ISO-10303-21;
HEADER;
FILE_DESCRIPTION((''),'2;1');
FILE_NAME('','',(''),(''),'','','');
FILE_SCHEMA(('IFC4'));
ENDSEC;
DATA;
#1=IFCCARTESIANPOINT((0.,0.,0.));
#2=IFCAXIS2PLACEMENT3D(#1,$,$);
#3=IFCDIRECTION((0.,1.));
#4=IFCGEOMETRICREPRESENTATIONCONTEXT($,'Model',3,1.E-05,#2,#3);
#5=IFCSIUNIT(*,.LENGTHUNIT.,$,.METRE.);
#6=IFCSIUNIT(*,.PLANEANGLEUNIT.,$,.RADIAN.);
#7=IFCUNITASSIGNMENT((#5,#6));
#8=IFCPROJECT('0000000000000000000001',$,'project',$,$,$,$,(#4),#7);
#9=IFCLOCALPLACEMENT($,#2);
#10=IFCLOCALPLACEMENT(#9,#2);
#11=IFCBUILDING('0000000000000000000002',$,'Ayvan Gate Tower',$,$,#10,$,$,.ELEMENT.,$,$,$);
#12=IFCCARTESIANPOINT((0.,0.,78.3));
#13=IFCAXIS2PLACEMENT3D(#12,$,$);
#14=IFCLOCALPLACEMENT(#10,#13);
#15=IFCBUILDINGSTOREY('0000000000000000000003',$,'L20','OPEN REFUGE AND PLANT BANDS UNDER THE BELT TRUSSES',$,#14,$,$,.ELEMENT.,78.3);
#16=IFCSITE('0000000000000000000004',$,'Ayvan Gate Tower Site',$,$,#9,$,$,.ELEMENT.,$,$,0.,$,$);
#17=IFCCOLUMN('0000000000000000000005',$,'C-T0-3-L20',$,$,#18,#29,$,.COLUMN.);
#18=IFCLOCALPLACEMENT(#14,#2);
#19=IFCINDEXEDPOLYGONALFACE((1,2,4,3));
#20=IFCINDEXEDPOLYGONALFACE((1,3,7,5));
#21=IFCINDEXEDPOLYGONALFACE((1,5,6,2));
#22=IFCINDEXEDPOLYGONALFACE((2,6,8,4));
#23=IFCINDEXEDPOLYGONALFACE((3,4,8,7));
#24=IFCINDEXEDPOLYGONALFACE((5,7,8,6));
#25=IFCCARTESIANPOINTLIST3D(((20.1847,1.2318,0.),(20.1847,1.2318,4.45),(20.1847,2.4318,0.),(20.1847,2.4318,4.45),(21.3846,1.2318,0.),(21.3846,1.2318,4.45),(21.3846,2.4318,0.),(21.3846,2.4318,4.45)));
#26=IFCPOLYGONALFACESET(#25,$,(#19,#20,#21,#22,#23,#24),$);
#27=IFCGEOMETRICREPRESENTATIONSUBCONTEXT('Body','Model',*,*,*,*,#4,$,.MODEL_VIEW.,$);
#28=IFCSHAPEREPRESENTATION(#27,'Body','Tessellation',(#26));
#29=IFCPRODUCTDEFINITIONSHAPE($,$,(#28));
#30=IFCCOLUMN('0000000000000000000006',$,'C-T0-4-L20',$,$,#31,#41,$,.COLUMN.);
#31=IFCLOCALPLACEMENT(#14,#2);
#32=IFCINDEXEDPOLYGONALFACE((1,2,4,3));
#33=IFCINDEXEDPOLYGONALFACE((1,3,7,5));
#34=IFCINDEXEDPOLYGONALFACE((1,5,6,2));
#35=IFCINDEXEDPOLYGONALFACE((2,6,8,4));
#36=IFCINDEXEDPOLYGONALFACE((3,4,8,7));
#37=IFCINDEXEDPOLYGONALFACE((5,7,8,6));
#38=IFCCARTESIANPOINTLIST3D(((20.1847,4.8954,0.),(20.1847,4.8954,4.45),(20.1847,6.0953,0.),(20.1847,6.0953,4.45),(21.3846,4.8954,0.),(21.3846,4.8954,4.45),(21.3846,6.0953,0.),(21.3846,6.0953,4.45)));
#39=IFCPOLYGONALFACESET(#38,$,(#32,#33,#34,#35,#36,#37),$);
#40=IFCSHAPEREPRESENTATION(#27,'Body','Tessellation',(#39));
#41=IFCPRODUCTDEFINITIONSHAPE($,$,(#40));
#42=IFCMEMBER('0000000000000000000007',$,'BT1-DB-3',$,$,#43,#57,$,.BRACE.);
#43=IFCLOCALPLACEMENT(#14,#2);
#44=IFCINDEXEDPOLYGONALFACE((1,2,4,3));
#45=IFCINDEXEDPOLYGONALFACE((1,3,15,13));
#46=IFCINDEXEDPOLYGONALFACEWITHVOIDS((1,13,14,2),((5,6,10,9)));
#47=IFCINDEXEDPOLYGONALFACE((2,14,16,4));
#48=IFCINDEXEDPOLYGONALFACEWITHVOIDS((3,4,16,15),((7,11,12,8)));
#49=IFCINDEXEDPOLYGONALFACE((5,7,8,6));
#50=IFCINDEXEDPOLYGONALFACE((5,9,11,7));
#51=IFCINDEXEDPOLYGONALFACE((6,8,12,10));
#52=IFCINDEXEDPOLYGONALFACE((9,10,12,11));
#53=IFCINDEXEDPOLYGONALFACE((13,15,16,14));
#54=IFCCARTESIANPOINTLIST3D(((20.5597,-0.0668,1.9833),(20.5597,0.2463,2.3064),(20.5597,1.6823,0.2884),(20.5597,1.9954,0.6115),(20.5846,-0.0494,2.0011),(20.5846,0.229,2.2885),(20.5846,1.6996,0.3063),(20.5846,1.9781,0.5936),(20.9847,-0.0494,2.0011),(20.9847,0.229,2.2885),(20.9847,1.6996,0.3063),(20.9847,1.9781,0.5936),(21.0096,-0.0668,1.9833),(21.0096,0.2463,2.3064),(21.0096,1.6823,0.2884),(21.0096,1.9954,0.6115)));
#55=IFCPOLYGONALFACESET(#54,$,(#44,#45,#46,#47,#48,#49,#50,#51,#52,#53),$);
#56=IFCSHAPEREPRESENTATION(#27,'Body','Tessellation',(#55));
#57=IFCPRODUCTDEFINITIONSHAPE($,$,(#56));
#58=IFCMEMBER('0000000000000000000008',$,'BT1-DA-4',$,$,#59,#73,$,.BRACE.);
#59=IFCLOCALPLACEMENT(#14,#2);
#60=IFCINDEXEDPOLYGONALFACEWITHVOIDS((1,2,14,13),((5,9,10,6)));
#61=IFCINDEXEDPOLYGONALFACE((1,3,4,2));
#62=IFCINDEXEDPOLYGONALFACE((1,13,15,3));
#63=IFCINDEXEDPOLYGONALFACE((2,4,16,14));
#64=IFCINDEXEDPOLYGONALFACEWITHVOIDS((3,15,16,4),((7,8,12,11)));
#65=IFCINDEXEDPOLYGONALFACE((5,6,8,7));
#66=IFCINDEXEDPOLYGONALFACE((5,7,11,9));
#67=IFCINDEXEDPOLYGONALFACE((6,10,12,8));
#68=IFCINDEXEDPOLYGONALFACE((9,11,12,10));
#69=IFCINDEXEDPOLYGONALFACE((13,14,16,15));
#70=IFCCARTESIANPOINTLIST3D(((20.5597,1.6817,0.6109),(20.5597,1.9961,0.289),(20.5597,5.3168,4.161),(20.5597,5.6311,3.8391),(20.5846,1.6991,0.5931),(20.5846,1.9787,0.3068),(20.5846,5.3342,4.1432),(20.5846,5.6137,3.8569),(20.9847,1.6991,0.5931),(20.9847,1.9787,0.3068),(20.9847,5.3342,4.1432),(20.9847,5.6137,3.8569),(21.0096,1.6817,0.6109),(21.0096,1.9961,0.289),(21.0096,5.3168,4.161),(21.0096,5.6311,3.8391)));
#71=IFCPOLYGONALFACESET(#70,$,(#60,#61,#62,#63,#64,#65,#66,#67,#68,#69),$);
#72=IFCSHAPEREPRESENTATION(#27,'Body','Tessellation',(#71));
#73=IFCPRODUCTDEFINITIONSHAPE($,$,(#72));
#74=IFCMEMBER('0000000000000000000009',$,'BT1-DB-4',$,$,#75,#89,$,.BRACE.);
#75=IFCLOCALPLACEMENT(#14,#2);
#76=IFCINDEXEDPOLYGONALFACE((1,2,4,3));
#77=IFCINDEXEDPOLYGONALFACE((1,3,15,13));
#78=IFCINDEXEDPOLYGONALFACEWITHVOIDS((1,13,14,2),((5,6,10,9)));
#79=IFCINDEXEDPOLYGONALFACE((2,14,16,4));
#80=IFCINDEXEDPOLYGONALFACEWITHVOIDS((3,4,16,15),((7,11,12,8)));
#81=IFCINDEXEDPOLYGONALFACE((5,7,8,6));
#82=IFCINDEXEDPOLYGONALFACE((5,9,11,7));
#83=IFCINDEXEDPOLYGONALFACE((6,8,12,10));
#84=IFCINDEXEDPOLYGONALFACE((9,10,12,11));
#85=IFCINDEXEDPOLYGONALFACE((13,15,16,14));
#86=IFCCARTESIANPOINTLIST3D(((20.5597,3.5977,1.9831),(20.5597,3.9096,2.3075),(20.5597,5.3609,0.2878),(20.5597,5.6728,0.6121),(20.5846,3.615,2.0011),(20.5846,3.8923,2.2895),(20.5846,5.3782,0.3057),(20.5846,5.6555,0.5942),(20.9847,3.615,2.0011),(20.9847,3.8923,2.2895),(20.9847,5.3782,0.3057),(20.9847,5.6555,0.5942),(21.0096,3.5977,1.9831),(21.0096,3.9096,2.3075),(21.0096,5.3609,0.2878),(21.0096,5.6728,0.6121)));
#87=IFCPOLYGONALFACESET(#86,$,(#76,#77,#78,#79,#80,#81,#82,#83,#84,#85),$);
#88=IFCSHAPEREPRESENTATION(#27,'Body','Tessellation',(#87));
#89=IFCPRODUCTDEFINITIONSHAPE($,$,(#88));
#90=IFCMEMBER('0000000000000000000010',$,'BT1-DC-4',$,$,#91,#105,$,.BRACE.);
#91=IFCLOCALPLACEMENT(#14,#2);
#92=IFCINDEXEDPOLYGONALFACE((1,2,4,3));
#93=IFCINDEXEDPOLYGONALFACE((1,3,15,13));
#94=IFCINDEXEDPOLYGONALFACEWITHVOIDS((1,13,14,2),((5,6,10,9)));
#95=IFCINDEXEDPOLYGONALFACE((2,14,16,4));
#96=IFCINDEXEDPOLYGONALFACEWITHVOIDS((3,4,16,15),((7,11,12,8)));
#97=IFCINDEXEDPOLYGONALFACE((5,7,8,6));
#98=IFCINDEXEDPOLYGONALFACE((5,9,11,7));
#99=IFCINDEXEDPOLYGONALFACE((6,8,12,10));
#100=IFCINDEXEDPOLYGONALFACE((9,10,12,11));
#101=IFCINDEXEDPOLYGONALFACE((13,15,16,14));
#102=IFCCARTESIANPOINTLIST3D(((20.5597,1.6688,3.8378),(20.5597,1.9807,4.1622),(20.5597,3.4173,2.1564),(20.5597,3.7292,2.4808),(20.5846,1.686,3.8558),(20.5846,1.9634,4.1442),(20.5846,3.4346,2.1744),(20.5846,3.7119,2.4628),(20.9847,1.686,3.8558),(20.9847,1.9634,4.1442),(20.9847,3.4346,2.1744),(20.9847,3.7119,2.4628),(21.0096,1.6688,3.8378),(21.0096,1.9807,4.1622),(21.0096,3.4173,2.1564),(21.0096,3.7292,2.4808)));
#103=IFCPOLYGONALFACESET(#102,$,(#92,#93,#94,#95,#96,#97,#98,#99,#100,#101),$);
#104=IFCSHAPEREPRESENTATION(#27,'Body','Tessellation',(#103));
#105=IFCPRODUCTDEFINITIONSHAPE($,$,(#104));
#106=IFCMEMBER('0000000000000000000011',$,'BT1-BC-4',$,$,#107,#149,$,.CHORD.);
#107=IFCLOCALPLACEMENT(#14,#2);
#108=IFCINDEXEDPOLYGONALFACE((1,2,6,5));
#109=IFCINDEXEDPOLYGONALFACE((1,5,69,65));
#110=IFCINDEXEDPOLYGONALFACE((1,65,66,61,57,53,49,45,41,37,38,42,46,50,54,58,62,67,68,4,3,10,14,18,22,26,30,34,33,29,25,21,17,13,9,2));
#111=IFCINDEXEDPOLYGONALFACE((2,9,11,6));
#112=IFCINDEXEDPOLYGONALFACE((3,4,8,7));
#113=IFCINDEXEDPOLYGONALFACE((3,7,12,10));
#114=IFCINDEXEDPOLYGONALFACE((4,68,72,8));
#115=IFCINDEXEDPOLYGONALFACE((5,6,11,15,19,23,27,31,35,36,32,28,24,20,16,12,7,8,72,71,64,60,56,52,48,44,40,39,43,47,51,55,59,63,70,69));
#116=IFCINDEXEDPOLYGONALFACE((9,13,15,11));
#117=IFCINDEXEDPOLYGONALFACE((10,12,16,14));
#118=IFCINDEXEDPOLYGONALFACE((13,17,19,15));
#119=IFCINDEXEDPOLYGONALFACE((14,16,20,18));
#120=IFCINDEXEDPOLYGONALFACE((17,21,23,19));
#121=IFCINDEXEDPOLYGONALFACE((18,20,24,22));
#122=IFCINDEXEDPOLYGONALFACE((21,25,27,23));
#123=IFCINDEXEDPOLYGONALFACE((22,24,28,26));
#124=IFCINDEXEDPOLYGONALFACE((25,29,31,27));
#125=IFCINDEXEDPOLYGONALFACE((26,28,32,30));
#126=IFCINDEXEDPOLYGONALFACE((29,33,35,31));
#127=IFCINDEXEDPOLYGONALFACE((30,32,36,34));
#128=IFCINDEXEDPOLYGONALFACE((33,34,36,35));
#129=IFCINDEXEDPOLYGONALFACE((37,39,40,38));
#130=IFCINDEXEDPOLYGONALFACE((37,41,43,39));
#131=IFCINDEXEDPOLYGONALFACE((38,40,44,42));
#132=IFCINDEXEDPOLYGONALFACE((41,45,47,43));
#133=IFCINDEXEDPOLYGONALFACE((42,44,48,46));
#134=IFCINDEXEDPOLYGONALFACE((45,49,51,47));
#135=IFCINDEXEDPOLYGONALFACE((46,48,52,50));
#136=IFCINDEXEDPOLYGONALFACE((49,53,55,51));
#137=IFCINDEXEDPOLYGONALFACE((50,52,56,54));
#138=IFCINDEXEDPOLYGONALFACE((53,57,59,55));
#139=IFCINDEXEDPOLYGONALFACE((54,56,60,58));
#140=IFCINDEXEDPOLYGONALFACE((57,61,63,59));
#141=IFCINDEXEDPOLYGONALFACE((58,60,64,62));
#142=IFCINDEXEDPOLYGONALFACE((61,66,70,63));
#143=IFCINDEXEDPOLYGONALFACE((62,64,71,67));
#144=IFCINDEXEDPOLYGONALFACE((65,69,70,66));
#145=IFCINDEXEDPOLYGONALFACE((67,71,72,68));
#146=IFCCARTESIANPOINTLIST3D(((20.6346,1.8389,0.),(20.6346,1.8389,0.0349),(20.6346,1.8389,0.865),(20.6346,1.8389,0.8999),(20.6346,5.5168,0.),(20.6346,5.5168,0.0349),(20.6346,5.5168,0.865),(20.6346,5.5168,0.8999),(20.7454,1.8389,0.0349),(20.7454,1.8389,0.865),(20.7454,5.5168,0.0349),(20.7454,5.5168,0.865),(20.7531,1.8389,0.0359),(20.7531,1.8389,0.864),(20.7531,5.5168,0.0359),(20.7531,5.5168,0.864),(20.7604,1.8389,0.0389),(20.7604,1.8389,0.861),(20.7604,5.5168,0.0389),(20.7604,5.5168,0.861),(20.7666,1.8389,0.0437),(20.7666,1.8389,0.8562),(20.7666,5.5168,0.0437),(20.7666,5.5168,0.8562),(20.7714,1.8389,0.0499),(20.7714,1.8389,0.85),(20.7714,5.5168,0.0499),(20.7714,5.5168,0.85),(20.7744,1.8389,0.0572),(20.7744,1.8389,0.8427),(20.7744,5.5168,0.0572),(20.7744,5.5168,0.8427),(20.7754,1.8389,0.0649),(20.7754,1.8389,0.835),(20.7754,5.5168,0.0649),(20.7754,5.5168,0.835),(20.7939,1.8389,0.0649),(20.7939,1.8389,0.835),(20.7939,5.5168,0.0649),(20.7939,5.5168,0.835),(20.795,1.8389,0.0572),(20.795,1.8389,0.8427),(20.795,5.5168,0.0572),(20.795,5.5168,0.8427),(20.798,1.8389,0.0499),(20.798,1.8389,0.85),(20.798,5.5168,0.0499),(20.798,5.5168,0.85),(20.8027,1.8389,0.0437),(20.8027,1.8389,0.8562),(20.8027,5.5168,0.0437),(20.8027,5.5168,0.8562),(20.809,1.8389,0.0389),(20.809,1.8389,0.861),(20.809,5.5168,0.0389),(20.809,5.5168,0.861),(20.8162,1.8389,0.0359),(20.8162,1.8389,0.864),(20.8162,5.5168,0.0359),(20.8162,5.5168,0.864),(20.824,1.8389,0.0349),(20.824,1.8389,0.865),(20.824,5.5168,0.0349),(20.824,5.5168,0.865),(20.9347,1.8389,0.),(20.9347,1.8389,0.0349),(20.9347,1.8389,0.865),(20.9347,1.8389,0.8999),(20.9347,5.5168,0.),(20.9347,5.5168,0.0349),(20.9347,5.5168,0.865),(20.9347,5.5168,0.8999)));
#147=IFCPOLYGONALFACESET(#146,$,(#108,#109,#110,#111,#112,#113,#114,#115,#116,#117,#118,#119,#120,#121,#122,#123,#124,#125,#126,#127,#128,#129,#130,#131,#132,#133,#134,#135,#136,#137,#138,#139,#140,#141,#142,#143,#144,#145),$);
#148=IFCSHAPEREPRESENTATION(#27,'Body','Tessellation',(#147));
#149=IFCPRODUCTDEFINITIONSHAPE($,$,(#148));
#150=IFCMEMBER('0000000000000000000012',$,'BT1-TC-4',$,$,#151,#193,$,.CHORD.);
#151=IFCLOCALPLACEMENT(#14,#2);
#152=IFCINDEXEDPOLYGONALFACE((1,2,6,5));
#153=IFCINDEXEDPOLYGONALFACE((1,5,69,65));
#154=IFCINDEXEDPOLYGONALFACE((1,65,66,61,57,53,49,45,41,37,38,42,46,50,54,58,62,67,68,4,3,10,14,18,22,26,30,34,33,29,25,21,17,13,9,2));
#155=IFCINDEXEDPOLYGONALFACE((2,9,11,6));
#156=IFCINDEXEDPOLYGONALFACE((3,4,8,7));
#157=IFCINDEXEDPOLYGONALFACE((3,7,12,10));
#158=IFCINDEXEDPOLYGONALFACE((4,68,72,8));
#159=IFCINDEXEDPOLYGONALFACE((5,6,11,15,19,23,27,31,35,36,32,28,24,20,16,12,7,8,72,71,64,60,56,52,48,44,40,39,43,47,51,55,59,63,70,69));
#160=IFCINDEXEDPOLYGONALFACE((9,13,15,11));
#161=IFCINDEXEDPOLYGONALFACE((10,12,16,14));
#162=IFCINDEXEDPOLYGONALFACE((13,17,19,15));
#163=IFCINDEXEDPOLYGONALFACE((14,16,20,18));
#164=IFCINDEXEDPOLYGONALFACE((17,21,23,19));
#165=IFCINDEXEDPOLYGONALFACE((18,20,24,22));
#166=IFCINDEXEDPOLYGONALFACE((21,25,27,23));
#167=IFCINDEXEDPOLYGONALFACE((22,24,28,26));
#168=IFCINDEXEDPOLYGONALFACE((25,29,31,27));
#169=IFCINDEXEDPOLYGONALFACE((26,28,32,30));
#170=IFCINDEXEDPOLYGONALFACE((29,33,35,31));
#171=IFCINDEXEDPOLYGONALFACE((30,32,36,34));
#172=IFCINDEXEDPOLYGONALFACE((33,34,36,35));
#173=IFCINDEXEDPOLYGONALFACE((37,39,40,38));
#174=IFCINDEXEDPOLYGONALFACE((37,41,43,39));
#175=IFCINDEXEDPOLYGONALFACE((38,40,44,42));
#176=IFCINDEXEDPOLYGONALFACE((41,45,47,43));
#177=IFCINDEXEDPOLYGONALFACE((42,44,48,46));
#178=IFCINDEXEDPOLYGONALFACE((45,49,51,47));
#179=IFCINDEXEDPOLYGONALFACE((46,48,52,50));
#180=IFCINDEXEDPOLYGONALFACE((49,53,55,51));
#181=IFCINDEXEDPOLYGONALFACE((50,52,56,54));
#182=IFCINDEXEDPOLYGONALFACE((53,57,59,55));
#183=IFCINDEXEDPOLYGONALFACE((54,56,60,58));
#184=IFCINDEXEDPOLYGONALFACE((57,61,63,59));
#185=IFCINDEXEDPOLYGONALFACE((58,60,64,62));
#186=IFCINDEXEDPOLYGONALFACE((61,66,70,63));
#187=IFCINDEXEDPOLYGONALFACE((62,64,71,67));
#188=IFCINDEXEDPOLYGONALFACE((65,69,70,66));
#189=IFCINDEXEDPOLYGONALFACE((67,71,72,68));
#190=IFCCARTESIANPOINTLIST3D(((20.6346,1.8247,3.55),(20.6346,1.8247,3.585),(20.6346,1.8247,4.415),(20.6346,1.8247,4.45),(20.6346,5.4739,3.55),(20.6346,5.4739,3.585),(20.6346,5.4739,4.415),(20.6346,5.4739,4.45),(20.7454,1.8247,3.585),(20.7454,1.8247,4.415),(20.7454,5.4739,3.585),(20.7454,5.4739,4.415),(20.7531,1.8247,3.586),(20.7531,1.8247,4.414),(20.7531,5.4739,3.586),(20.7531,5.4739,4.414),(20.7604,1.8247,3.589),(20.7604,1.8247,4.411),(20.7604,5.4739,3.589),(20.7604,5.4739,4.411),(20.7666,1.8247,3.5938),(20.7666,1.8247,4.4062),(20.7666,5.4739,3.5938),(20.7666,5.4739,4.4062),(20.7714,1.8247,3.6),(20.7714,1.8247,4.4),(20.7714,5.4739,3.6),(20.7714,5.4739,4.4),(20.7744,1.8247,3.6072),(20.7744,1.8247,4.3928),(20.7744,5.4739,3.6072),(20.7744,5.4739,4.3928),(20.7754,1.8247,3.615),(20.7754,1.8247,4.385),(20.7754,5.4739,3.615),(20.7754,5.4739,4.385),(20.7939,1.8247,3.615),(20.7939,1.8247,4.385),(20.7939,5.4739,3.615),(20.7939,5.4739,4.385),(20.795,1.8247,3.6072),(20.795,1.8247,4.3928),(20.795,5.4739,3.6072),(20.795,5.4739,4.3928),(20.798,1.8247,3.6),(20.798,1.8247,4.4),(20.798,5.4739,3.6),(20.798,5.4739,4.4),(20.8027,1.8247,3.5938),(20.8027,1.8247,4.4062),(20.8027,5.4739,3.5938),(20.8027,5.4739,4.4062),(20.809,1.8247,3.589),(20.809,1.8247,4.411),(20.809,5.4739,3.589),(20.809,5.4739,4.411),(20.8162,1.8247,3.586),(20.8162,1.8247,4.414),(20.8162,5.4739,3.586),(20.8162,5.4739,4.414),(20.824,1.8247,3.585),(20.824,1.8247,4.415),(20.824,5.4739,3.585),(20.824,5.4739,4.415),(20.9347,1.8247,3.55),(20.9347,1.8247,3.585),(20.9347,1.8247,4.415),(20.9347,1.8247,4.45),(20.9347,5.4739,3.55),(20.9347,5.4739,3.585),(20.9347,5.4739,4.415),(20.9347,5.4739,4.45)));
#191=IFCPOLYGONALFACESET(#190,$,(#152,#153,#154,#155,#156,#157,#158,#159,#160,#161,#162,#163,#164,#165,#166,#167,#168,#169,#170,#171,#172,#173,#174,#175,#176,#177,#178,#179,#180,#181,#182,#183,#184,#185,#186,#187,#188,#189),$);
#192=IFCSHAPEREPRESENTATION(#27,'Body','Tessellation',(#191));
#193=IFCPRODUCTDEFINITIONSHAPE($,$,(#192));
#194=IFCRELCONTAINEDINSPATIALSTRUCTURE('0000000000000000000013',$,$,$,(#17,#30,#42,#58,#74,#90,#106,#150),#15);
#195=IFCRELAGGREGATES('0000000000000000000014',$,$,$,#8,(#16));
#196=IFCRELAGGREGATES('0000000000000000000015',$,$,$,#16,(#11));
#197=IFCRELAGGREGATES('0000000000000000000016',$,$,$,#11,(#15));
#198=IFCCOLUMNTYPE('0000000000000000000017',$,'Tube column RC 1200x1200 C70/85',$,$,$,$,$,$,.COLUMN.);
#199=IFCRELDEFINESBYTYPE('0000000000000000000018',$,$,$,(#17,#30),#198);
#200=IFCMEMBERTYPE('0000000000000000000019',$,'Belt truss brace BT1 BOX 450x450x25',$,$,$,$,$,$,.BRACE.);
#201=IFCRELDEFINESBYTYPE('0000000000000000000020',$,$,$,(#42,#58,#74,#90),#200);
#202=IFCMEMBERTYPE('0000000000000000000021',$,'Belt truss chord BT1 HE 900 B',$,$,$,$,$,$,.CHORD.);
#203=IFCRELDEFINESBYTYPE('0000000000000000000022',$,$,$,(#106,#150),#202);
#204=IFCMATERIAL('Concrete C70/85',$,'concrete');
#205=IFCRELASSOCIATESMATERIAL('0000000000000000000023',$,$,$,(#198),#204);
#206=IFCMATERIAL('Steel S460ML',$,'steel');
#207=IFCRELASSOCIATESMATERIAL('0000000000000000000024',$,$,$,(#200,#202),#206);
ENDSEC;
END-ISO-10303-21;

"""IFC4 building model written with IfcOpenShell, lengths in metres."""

from ifc_helpers import new_model, si_unit, direction, frame, origin, origin_2d, place, context, subcontext, project, spatial, rectangle, hollow_rectangle, i_section, extrude, material, material_profile, profile_set, type_object, element, save


model = new_model("IFC4")

# Units and contexts
model_context = context("Model", 3, precision=1e-05, world=origin(), true_north=direction((0.0, 1.0)))
body_context = subcontext(model_context, "Body", "Model", "MODEL_VIEW")
ifc_project = project(units=[si_unit("LENGTHUNIT", "METRE"), si_unit("PLANEANGLEUNIT", "RADIAN")], contexts=[model_context])

# Site, building, storey
site_placement = place(None, origin())
site = spatial("IfcSite", under=ifc_project, at=site_placement, Name="Ayvan Gate Tower Site", CompositionType="ELEMENT", RefElevation=0.0)
building_placement = place(site_placement, origin())
building = spatial("IfcBuilding", under=site, at=building_placement, Name="Ayvan Gate Tower", CompositionType="ELEMENT")
storey_placement = place(building_placement, frame((0.0, 0.0, 78.3)))
storey = spatial("IfcBuildingStorey", under=building, at=storey_placement, Name="L20", Description="OPEN REFUGE AND PLANT BANDS UNDER THE BELT TRUSSES", CompositionType="ELEMENT", Elevation=78.3)

# Columns
ifc_material_1 = material(Name="Concrete C70/85", Category="concrete")
ifc_material_profile_1 = material_profile(ifc_material_1, rectangle(XDim=1.2, YDim=1.2, at=origin_2d()), Name="RC 1200x1200")
ifc_profile_set_1 = profile_set([ifc_material_profile_1], Name="Concrete C70/85")
column_type = type_object("IfcColumnType", Name="Tube column RC 1200x1200 C70/85", PredefinedType="COLUMN", material=ifc_profile_set_1)
for number, where, z_axis, x_axis, name in (
    (1, (20.7847, 1.8318, 0.0), (0.0, 0.0, 1.0), (1.0, 0.0, 0.0), "C-T0-3-L20"),
    (2, (20.7847, 5.4954, 0.0), (0.0, 0.0, 1.0), (1.0, 0.0, 0.0), "C-T0-4-L20"),
):
    element("IfcColumn", number, at=place(storey_placement, frame(where, z_axis=z_axis, x_axis=x_axis)), inside=storey, type_object=column_type, Name=name, PredefinedType="COLUMN", context=body_context, shape_type="SweptSolid", body=[
        extrude(rectangle(XDim=1.2, YDim=1.2, at=origin_2d()), origin(), (0.0, 0.0, 1.0), 4.45),
    ])

# Members
ifc_material_2 = material(Name="Steel S460ML", Category="steel")
ifc_material_profile_2 = material_profile(ifc_material_2, hollow_rectangle(XDim=0.45, YDim=0.45, WallThickness=0.0249, at=origin_2d()), Name="BOX 450x450x25")
ifc_profile_set_2 = profile_set([ifc_material_profile_2], Name="Steel S460ML")
member_type_1 = type_object("IfcMemberType", Name="Belt truss brace BT1 BOX 450x450x25", PredefinedType="BRACE", material=ifc_profile_set_2)
member_1_placement = place(storey_placement, frame((20.7847, 1.8389, 0.45), z_axis=(0.0, -0.718146, 0.695892), x_axis=(1.0, 0.0, 0.0)))
element("IfcMember", 3, at=member_1_placement, inside=storey, type_object=member_type_1, Name="BT1-DB-3", PredefinedType="BRACE", context=body_context, shape_type="SweptSolid", body=[
    extrude(hollow_rectangle(XDim=0.45, YDim=0.45, WallThickness=0.0249, at=origin_2d()), origin(), (0.0, 0.0, 1.0), 2.4355),
])
member_2_placement = place(storey_placement, frame((20.7847, 1.8389, 0.45), z_axis=(0.0, 0.715418, 0.698697), x_axis=(-1.0, 0.0, 0.0)))
element("IfcMember", 4, at=member_2_placement, inside=storey, type_object=member_type_1, Name="BT1-DA-4", PredefinedType="BRACE", context=body_context, shape_type="SweptSolid", body=[
    extrude(hollow_rectangle(XDim=0.45, YDim=0.45, WallThickness=0.0249, at=origin_2d()), origin(), (0.0, 0.0, 1.0), 5.0811),
])
member_3_placement = place(storey_placement, frame((20.7847, 5.5168, 0.45), z_axis=(0.0, -0.720845, 0.693097), x_axis=(1.0, 0.0, 0.0)))
element("IfcMember", 5, at=member_3_placement, inside=storey, type_object=member_type_1, Name="BT1-DB-4", PredefinedType="BRACE", context=body_context, shape_type="SweptSolid", body=[
    extrude(hollow_rectangle(XDim=0.45, YDim=0.45, WallThickness=0.0249, at=origin_2d()), origin(), (0.0, 0.0, 1.0), 2.446),
])
member_4_placement = place(storey_placement, frame((20.7847, 3.5732, 2.3186), z_axis=(0.0, -0.72081, 0.693133), x_axis=(1.0, 0.0, 0.0)))
element("IfcMember", 6, at=member_4_placement, inside=storey, type_object=member_type_1, Name="BT1-DC-4", PredefinedType="BRACE", context=body_context, shape_type="SweptSolid", body=[
    extrude(hollow_rectangle(XDim=0.45, YDim=0.45, WallThickness=0.0249, at=origin_2d()), origin(), (0.0, 0.0, 1.0), 2.4258),
])
ifc_material_profile_3 = material_profile(ifc_material_2, i_section(OverallWidth=0.3, OverallDepth=0.8999, WebThickness=0.0186, FlangeThickness=0.0349, FilletRadius=0.03, at=origin_2d()), Name="HE 900 B")
ifc_profile_set_3 = profile_set([ifc_material_profile_3], Name="Steel S460ML")
member_type_2 = type_object("IfcMemberType", Name="Belt truss chord BT1 HE 900 B", PredefinedType="CHORD", material=ifc_profile_set_3)
member_5_placement = place(storey_placement, frame((20.7847, 1.8389, 0.45), z_axis=(0.0, 1.0, 0.0), x_axis=(-1.0, 0.0, 0.0)))
element("IfcMember", 7, at=member_5_placement, inside=storey, type_object=member_type_2, Name="BT1-BC-4", PredefinedType="CHORD", context=body_context, shape_type="SweptSolid", body=[
    extrude(i_section(OverallWidth=0.3, OverallDepth=0.8999, WebThickness=0.0186, FlangeThickness=0.0349, FilletRadius=0.03, at=origin_2d()), origin(), (0.0, 0.0, 1.0), 3.678),
])
for number, where, z_axis, x_axis, name in (
    (8, (20.7847, 1.8247, 4.0), (0.0, 1.0, 0.0), (-1.0, 0.0, 0.0), "BT1-TC-4"),
):
    element("IfcMember", number, at=place(storey_placement, frame(where, z_axis=z_axis, x_axis=x_axis)), inside=storey, type_object=member_type_2, Name=name, PredefinedType="CHORD", context=body_context, shape_type="SweptSolid", body=[
        extrude(i_section(OverallWidth=0.3, OverallDepth=0.8999, WebThickness=0.0186, FlangeThickness=0.0349, FilletRadius=0.03, at=origin_2d()), origin(), (0.0, 0.0, 1.0), 3.6492),
    ])

save(model, "model.ifc")
